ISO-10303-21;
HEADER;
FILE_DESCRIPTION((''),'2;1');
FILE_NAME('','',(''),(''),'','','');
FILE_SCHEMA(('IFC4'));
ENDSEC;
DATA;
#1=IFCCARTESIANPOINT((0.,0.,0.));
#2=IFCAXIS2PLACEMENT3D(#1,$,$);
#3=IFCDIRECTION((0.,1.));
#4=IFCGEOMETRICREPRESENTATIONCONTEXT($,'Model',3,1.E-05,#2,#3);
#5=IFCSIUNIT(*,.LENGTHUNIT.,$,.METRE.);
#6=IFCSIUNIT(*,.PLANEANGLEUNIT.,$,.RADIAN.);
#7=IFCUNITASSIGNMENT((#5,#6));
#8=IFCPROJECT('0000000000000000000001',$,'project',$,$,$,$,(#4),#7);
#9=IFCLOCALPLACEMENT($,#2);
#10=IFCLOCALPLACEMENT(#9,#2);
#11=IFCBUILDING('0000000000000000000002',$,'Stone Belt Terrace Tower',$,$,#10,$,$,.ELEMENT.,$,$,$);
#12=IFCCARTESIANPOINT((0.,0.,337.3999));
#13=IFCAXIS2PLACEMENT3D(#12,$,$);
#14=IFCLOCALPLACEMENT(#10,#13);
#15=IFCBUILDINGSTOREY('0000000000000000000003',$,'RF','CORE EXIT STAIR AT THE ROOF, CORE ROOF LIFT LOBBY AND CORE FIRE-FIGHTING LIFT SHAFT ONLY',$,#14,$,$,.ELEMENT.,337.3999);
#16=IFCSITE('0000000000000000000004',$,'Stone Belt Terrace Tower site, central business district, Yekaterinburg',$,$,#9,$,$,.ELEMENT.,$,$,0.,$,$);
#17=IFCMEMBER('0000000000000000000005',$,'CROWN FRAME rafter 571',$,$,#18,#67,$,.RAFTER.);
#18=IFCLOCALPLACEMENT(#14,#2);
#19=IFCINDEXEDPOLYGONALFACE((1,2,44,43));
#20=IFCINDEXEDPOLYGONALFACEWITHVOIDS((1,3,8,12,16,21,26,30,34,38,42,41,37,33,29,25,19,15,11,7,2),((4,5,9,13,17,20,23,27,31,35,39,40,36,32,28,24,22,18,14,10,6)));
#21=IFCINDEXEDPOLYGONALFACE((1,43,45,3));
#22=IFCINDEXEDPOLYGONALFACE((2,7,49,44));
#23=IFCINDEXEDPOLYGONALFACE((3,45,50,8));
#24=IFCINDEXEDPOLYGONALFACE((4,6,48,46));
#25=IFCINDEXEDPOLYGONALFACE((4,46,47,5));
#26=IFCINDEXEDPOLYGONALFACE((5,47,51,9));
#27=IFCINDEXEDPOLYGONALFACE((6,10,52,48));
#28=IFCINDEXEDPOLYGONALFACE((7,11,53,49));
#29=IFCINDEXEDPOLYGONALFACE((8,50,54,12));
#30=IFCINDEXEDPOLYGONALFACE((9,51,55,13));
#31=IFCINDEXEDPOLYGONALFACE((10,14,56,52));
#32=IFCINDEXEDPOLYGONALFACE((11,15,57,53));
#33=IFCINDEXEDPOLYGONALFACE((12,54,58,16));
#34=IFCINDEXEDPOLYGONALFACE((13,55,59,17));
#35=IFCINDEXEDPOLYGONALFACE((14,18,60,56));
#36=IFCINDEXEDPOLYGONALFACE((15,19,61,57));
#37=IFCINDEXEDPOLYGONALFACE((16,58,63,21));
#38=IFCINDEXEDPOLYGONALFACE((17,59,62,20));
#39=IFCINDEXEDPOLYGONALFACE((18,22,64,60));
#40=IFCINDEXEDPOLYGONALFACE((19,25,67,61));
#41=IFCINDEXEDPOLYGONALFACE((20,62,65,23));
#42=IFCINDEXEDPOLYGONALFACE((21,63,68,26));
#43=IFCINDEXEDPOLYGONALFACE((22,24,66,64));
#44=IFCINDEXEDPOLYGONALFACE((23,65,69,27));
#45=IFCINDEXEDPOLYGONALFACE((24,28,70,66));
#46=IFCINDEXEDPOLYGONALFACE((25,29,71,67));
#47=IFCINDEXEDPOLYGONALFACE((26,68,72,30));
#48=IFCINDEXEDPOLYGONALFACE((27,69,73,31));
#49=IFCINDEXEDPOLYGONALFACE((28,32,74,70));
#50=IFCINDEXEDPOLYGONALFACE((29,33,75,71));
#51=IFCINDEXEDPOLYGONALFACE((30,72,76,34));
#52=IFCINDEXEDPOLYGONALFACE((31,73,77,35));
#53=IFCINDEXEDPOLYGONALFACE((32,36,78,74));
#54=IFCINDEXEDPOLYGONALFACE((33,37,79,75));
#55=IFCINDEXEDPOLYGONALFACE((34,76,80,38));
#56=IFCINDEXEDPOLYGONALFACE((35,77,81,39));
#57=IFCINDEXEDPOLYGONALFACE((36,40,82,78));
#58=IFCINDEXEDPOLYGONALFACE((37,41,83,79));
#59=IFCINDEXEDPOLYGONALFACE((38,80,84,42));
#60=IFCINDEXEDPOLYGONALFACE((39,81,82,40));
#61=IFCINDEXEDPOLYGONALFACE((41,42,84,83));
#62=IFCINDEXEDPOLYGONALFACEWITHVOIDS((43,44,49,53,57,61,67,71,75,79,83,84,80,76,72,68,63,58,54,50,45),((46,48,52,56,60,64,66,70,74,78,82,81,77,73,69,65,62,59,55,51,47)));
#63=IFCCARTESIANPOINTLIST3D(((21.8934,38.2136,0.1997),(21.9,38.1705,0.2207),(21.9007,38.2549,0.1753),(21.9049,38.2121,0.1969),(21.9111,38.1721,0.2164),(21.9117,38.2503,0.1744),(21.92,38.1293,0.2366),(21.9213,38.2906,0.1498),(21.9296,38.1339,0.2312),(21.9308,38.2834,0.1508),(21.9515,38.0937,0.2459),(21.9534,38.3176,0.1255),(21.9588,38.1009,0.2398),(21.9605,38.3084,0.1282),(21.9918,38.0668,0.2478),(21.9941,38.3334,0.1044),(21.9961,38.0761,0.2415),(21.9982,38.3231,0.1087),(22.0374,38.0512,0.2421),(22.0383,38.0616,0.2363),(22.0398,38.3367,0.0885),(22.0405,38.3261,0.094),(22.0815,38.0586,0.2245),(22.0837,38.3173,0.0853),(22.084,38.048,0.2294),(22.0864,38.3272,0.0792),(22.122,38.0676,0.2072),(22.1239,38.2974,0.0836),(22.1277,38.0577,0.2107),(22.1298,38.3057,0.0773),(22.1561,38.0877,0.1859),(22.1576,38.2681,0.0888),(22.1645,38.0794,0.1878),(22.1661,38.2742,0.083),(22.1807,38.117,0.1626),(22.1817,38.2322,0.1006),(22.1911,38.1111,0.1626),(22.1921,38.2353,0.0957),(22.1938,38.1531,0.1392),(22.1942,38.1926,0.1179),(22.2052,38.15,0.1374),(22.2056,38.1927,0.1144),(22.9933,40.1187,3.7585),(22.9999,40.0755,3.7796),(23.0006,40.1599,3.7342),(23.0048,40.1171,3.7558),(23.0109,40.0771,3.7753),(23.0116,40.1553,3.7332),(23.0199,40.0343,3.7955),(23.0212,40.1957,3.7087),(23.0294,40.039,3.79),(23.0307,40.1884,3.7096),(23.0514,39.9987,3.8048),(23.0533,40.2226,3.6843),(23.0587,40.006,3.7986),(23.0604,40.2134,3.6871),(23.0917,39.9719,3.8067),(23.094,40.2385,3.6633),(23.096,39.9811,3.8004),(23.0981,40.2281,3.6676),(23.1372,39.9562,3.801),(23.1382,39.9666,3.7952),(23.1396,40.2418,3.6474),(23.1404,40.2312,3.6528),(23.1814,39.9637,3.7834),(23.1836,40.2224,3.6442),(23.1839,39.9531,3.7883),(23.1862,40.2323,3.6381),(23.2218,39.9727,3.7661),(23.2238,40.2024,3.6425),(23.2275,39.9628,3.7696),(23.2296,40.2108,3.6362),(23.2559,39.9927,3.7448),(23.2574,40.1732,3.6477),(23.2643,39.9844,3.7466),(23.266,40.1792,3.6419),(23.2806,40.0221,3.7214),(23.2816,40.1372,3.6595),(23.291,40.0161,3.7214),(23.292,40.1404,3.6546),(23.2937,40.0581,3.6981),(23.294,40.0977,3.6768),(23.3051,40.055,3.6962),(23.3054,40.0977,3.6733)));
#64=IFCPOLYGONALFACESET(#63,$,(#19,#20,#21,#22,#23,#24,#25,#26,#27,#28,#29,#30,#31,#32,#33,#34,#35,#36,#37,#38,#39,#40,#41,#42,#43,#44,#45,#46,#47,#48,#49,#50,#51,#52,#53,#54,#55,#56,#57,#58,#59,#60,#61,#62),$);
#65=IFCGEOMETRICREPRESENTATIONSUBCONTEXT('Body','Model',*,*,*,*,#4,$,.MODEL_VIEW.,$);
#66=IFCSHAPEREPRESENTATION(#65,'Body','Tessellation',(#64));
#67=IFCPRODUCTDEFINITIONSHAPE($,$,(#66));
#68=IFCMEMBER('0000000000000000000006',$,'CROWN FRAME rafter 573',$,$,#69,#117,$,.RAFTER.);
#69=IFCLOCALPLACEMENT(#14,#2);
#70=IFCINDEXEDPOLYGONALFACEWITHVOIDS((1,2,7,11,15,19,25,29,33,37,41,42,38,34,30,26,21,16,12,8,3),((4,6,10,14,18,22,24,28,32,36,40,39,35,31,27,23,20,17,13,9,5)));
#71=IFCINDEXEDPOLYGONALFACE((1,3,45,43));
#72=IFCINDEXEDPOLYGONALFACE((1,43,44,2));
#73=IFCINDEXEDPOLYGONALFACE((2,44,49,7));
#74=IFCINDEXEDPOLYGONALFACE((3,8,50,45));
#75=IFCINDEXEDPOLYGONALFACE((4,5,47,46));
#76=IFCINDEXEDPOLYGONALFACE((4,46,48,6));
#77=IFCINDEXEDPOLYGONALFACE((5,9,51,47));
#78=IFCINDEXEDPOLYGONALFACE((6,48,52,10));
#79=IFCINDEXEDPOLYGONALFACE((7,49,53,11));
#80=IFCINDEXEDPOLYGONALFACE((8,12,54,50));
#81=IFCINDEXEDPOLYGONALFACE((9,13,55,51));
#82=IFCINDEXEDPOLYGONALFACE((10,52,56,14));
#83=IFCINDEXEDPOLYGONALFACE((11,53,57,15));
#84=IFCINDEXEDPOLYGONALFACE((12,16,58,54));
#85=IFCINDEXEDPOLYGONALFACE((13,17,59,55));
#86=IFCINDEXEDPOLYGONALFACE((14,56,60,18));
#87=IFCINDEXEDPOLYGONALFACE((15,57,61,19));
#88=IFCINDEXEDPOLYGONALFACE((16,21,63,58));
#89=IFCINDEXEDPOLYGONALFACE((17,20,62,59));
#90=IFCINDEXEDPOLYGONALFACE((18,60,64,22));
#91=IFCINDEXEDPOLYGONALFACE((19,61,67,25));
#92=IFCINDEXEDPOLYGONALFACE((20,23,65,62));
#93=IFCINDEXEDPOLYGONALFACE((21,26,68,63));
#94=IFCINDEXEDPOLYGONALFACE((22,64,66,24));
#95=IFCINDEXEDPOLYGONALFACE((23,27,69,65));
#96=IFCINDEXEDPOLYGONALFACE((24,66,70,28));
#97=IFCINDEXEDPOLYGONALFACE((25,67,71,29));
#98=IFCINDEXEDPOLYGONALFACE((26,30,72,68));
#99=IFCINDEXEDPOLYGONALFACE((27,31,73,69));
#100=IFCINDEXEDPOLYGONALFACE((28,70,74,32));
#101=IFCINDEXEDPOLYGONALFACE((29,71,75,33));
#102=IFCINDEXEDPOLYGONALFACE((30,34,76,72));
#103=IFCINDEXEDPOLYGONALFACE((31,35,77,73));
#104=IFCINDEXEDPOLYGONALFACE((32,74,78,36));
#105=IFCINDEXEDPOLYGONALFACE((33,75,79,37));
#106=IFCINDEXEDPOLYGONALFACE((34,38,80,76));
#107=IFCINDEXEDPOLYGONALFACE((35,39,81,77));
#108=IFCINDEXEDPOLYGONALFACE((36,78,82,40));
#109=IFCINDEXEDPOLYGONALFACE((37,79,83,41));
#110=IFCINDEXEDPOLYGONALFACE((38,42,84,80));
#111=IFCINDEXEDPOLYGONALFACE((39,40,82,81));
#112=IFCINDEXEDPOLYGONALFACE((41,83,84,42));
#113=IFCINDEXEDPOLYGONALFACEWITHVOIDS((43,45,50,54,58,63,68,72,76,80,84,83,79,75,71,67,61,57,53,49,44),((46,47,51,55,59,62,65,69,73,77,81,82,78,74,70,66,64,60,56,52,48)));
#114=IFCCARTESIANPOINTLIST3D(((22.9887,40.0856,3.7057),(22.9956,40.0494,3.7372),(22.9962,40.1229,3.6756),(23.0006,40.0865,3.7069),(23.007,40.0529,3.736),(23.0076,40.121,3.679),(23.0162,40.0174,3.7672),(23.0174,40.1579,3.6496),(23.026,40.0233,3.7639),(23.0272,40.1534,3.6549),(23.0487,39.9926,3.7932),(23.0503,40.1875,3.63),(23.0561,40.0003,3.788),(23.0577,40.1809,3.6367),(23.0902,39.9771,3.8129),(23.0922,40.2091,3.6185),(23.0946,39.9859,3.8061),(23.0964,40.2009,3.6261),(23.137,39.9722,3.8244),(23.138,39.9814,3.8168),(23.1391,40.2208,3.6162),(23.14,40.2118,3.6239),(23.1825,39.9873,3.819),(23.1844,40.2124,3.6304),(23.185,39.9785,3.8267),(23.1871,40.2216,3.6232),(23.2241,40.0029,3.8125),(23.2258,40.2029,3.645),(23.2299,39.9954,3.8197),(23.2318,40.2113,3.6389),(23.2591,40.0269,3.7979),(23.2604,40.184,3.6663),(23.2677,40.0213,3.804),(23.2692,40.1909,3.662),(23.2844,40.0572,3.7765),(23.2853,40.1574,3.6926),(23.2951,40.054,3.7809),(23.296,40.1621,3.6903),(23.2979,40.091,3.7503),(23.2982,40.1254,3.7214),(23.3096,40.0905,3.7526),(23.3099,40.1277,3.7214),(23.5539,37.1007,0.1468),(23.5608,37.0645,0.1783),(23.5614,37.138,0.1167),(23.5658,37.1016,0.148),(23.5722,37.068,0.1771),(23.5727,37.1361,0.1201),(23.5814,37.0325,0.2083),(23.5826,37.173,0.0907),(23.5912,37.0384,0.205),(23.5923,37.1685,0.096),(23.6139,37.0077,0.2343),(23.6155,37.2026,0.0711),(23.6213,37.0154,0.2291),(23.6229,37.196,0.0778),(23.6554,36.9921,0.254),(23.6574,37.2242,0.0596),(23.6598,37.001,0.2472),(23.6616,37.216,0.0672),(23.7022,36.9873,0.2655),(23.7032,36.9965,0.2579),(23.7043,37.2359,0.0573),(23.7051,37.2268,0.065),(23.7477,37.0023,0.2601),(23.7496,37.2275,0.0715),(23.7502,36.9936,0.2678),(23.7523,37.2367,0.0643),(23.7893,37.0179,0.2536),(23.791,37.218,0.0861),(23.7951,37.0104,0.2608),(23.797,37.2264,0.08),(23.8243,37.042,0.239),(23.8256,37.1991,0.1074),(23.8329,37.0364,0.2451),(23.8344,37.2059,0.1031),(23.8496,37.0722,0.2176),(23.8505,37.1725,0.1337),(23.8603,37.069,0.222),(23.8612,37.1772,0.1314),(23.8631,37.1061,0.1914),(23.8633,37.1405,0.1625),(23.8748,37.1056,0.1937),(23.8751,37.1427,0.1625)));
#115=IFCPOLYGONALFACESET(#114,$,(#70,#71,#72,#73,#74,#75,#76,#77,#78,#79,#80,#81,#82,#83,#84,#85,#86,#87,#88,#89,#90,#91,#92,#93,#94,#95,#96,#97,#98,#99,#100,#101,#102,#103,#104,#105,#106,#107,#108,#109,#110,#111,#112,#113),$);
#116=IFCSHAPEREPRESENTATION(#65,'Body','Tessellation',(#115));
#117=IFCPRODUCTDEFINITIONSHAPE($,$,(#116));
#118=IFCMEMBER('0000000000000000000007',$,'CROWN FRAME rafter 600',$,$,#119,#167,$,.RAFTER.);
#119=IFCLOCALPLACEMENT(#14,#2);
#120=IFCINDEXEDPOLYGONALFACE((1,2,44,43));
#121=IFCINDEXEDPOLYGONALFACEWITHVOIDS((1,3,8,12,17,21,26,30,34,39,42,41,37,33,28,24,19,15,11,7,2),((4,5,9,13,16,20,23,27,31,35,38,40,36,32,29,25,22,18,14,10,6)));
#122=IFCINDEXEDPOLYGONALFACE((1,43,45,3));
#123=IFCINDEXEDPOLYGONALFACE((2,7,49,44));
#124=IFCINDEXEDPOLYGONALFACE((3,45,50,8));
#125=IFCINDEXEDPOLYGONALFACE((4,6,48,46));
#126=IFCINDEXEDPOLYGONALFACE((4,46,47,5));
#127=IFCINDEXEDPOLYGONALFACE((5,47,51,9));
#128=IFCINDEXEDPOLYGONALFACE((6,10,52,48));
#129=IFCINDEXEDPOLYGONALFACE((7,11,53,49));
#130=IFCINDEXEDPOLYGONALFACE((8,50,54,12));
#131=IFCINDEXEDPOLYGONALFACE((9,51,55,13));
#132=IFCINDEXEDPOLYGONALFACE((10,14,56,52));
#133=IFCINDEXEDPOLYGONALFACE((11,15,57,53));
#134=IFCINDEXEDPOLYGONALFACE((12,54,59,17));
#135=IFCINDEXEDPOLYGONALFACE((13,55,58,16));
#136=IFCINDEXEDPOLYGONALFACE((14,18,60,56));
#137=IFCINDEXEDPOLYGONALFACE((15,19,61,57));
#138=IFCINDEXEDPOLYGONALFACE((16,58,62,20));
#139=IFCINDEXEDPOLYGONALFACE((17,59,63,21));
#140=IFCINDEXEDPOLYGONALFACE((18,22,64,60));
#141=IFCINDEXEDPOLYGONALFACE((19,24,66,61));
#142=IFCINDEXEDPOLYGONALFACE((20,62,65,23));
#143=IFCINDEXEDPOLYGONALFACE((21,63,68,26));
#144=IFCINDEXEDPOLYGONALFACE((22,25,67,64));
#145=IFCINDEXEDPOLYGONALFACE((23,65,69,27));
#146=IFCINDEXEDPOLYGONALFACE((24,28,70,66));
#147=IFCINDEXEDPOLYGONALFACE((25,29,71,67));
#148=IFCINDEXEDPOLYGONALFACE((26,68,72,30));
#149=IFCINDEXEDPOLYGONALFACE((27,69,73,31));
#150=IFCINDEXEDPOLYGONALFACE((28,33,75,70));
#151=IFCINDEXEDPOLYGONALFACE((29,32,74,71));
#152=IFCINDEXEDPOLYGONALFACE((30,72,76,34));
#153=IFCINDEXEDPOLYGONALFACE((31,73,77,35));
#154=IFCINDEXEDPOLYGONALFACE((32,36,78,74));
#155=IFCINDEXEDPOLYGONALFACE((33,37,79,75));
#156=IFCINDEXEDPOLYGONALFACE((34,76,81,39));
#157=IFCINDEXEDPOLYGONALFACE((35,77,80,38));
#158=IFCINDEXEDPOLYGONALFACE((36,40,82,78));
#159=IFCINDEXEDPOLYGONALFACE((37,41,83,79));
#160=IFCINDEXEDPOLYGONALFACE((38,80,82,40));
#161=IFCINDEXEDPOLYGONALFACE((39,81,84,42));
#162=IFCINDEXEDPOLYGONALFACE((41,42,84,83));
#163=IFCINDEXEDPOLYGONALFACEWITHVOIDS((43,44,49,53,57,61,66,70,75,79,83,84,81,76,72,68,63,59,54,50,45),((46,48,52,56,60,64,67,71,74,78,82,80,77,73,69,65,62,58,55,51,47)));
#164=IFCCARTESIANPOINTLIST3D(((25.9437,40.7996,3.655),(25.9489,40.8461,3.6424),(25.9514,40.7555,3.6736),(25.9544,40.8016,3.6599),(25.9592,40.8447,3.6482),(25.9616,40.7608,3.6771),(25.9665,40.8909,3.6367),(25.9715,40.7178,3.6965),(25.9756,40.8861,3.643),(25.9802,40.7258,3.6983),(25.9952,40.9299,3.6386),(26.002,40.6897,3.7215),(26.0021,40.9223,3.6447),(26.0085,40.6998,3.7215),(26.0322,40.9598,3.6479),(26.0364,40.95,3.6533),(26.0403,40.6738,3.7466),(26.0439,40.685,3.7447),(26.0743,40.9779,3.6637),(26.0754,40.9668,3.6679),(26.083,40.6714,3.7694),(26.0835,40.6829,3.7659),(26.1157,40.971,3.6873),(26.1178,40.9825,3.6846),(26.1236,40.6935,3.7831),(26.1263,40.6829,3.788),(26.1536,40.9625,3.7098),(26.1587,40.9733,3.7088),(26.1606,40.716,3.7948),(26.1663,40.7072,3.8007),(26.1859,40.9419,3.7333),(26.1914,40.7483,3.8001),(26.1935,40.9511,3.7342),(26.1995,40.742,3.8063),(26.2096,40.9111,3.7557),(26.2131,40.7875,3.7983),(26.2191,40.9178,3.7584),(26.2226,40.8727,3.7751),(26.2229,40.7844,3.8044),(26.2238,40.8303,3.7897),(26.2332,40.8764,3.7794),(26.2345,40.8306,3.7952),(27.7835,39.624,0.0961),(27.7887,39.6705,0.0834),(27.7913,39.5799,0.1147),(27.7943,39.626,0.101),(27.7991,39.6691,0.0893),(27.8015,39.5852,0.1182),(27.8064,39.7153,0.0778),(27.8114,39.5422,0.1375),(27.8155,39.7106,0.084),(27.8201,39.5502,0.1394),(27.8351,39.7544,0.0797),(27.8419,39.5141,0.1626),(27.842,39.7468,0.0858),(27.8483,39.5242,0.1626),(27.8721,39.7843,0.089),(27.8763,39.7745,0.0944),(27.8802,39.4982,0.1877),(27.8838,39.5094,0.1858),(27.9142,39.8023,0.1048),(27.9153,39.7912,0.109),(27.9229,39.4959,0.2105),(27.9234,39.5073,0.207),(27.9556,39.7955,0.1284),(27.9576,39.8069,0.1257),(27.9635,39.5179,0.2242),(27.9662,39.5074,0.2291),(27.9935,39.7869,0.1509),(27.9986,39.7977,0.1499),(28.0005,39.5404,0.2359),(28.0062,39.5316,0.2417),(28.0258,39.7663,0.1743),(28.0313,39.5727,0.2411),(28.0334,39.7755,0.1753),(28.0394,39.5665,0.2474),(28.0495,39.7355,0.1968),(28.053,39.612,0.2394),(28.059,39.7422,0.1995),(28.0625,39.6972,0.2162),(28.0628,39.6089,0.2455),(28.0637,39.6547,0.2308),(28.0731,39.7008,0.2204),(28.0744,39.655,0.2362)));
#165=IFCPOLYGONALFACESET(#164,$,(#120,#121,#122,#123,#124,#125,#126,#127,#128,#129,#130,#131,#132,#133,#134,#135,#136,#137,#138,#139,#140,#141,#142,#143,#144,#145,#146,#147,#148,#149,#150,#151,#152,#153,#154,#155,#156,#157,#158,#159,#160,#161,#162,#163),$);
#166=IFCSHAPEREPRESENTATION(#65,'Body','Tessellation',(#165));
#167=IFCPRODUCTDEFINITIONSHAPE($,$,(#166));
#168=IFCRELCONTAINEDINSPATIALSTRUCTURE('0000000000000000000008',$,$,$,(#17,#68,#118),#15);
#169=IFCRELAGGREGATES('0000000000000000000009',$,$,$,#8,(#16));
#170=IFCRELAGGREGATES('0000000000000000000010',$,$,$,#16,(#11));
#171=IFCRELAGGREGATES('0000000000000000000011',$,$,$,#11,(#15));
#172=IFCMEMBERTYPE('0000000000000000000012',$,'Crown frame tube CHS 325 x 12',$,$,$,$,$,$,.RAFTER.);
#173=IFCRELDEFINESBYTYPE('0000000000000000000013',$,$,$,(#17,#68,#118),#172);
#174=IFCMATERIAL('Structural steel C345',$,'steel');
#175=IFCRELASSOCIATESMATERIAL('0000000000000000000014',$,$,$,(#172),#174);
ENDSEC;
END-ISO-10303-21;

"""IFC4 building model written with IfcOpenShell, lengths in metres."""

from ifc_helpers import new_model, si_unit, direction, frame, origin, origin_2d, place, context, subcontext, project, spatial, hollow_circle, extrude, material, material_profile, profile_set, type_object, element, save


model = new_model("IFC4")

# Units and contexts
model_context = context("Model", 3, precision=1e-05, world=origin(), true_north=direction((0.0, 1.0)))
body_context = subcontext(model_context, "Body", "Model", "MODEL_VIEW")
ifc_project = project(units=[si_unit("LENGTHUNIT", "METRE"), si_unit("PLANEANGLEUNIT", "RADIAN")], contexts=[model_context])

# Site, building, storey
site_placement = place(None, origin())
site = spatial("IfcSite", under=ifc_project, at=site_placement, Name="Stone Belt Terrace Tower site, central business district, Yekaterinburg", CompositionType="ELEMENT", RefElevation=0.0)
building_placement = place(site_placement, origin())
building = spatial("IfcBuilding", under=site, at=building_placement, Name="Stone Belt Terrace Tower", CompositionType="ELEMENT")
storey_placement = place(building_placement, frame((0.0, 0.0, 337.3999)))
storey = spatial("IfcBuildingStorey", under=building, at=storey_placement, Name="RF", Description="CORE EXIT STAIR AT THE ROOF, CORE ROOF LIFT LOBBY AND CORE FIRE-FIGHTING LIFT SHAFT ONLY", CompositionType="ELEMENT", Elevation=337.3999)

# Members
ifc_material_1 = material(Name="Structural steel C345", Category="steel")
ifc_material_profile_1 = material_profile(ifc_material_1, hollow_circle(Radius=0.1626, WallThickness=0.012, at=origin_2d()), Name="Structural steel C345 CHS 325x12")
ifc_profile_set_1 = profile_set([ifc_material_profile_1], Name="Structural steel C345")
member_type_1 = type_object("IfcMemberType", Name="Crown frame tube CHS 325 x 12", PredefinedType="RAFTER", material=ifc_profile_set_1)
member_1_placement = place(storey_placement, frame((23.1501, 40.0974, 3.7214), z_axis=(-0.262884, -0.455335, -0.850624), x_axis=(0.866028, -0.499995, 0.0)))
element("IfcMember", 1, at=member_1_placement, inside=storey, type_object=member_type_1, Name="CROWN FRAME rafter 571", PredefinedType="RAFTER", context=body_context, shape_type="SweptSolid", body=[
    extrude(hollow_circle(Radius=0.1626, WallThickness=0.012, at=origin_2d()), origin(), (0.0, 0.0, 1.0), 4.1838),
])
member_2_placement = place(storey_placement, frame((23.1501, 40.0974, 3.7214), z_axis=(0.120789, -0.637911, -0.760578), x_axis=(0.982541, 0.186045, 0.0)))
element("IfcMember", 2, at=member_2_placement, inside=storey, type_object=member_type_1, Name="CROWN FRAME rafter 573", PredefinedType="RAFTER", context=body_context, shape_type="SweptSolid", body=[
    extrude(hollow_circle(Radius=0.1626, WallThickness=0.012, at=origin_2d()), origin(), (0.0, 0.0, 1.0), 4.6792),
])
member_3_placement = place(storey_placement, frame((27.9294, 39.6511, 0.1626), z_axis=(-0.440661, 0.281553, 0.852377), x_axis=(-0.538416, -0.842679, 0.0)))
element("IfcMember", 3, at=member_3_placement, inside=storey, type_object=member_type_1, Name="CROWN FRAME rafter 600", PredefinedType="RAFTER", context=body_context, shape_type="SweptSolid", body=[
    extrude(hollow_circle(Radius=0.1626, WallThickness=0.012, at=origin_2d()), origin(), (0.0, 0.0, 1.0), 4.1753),
])

save(model, "model.ifc")
